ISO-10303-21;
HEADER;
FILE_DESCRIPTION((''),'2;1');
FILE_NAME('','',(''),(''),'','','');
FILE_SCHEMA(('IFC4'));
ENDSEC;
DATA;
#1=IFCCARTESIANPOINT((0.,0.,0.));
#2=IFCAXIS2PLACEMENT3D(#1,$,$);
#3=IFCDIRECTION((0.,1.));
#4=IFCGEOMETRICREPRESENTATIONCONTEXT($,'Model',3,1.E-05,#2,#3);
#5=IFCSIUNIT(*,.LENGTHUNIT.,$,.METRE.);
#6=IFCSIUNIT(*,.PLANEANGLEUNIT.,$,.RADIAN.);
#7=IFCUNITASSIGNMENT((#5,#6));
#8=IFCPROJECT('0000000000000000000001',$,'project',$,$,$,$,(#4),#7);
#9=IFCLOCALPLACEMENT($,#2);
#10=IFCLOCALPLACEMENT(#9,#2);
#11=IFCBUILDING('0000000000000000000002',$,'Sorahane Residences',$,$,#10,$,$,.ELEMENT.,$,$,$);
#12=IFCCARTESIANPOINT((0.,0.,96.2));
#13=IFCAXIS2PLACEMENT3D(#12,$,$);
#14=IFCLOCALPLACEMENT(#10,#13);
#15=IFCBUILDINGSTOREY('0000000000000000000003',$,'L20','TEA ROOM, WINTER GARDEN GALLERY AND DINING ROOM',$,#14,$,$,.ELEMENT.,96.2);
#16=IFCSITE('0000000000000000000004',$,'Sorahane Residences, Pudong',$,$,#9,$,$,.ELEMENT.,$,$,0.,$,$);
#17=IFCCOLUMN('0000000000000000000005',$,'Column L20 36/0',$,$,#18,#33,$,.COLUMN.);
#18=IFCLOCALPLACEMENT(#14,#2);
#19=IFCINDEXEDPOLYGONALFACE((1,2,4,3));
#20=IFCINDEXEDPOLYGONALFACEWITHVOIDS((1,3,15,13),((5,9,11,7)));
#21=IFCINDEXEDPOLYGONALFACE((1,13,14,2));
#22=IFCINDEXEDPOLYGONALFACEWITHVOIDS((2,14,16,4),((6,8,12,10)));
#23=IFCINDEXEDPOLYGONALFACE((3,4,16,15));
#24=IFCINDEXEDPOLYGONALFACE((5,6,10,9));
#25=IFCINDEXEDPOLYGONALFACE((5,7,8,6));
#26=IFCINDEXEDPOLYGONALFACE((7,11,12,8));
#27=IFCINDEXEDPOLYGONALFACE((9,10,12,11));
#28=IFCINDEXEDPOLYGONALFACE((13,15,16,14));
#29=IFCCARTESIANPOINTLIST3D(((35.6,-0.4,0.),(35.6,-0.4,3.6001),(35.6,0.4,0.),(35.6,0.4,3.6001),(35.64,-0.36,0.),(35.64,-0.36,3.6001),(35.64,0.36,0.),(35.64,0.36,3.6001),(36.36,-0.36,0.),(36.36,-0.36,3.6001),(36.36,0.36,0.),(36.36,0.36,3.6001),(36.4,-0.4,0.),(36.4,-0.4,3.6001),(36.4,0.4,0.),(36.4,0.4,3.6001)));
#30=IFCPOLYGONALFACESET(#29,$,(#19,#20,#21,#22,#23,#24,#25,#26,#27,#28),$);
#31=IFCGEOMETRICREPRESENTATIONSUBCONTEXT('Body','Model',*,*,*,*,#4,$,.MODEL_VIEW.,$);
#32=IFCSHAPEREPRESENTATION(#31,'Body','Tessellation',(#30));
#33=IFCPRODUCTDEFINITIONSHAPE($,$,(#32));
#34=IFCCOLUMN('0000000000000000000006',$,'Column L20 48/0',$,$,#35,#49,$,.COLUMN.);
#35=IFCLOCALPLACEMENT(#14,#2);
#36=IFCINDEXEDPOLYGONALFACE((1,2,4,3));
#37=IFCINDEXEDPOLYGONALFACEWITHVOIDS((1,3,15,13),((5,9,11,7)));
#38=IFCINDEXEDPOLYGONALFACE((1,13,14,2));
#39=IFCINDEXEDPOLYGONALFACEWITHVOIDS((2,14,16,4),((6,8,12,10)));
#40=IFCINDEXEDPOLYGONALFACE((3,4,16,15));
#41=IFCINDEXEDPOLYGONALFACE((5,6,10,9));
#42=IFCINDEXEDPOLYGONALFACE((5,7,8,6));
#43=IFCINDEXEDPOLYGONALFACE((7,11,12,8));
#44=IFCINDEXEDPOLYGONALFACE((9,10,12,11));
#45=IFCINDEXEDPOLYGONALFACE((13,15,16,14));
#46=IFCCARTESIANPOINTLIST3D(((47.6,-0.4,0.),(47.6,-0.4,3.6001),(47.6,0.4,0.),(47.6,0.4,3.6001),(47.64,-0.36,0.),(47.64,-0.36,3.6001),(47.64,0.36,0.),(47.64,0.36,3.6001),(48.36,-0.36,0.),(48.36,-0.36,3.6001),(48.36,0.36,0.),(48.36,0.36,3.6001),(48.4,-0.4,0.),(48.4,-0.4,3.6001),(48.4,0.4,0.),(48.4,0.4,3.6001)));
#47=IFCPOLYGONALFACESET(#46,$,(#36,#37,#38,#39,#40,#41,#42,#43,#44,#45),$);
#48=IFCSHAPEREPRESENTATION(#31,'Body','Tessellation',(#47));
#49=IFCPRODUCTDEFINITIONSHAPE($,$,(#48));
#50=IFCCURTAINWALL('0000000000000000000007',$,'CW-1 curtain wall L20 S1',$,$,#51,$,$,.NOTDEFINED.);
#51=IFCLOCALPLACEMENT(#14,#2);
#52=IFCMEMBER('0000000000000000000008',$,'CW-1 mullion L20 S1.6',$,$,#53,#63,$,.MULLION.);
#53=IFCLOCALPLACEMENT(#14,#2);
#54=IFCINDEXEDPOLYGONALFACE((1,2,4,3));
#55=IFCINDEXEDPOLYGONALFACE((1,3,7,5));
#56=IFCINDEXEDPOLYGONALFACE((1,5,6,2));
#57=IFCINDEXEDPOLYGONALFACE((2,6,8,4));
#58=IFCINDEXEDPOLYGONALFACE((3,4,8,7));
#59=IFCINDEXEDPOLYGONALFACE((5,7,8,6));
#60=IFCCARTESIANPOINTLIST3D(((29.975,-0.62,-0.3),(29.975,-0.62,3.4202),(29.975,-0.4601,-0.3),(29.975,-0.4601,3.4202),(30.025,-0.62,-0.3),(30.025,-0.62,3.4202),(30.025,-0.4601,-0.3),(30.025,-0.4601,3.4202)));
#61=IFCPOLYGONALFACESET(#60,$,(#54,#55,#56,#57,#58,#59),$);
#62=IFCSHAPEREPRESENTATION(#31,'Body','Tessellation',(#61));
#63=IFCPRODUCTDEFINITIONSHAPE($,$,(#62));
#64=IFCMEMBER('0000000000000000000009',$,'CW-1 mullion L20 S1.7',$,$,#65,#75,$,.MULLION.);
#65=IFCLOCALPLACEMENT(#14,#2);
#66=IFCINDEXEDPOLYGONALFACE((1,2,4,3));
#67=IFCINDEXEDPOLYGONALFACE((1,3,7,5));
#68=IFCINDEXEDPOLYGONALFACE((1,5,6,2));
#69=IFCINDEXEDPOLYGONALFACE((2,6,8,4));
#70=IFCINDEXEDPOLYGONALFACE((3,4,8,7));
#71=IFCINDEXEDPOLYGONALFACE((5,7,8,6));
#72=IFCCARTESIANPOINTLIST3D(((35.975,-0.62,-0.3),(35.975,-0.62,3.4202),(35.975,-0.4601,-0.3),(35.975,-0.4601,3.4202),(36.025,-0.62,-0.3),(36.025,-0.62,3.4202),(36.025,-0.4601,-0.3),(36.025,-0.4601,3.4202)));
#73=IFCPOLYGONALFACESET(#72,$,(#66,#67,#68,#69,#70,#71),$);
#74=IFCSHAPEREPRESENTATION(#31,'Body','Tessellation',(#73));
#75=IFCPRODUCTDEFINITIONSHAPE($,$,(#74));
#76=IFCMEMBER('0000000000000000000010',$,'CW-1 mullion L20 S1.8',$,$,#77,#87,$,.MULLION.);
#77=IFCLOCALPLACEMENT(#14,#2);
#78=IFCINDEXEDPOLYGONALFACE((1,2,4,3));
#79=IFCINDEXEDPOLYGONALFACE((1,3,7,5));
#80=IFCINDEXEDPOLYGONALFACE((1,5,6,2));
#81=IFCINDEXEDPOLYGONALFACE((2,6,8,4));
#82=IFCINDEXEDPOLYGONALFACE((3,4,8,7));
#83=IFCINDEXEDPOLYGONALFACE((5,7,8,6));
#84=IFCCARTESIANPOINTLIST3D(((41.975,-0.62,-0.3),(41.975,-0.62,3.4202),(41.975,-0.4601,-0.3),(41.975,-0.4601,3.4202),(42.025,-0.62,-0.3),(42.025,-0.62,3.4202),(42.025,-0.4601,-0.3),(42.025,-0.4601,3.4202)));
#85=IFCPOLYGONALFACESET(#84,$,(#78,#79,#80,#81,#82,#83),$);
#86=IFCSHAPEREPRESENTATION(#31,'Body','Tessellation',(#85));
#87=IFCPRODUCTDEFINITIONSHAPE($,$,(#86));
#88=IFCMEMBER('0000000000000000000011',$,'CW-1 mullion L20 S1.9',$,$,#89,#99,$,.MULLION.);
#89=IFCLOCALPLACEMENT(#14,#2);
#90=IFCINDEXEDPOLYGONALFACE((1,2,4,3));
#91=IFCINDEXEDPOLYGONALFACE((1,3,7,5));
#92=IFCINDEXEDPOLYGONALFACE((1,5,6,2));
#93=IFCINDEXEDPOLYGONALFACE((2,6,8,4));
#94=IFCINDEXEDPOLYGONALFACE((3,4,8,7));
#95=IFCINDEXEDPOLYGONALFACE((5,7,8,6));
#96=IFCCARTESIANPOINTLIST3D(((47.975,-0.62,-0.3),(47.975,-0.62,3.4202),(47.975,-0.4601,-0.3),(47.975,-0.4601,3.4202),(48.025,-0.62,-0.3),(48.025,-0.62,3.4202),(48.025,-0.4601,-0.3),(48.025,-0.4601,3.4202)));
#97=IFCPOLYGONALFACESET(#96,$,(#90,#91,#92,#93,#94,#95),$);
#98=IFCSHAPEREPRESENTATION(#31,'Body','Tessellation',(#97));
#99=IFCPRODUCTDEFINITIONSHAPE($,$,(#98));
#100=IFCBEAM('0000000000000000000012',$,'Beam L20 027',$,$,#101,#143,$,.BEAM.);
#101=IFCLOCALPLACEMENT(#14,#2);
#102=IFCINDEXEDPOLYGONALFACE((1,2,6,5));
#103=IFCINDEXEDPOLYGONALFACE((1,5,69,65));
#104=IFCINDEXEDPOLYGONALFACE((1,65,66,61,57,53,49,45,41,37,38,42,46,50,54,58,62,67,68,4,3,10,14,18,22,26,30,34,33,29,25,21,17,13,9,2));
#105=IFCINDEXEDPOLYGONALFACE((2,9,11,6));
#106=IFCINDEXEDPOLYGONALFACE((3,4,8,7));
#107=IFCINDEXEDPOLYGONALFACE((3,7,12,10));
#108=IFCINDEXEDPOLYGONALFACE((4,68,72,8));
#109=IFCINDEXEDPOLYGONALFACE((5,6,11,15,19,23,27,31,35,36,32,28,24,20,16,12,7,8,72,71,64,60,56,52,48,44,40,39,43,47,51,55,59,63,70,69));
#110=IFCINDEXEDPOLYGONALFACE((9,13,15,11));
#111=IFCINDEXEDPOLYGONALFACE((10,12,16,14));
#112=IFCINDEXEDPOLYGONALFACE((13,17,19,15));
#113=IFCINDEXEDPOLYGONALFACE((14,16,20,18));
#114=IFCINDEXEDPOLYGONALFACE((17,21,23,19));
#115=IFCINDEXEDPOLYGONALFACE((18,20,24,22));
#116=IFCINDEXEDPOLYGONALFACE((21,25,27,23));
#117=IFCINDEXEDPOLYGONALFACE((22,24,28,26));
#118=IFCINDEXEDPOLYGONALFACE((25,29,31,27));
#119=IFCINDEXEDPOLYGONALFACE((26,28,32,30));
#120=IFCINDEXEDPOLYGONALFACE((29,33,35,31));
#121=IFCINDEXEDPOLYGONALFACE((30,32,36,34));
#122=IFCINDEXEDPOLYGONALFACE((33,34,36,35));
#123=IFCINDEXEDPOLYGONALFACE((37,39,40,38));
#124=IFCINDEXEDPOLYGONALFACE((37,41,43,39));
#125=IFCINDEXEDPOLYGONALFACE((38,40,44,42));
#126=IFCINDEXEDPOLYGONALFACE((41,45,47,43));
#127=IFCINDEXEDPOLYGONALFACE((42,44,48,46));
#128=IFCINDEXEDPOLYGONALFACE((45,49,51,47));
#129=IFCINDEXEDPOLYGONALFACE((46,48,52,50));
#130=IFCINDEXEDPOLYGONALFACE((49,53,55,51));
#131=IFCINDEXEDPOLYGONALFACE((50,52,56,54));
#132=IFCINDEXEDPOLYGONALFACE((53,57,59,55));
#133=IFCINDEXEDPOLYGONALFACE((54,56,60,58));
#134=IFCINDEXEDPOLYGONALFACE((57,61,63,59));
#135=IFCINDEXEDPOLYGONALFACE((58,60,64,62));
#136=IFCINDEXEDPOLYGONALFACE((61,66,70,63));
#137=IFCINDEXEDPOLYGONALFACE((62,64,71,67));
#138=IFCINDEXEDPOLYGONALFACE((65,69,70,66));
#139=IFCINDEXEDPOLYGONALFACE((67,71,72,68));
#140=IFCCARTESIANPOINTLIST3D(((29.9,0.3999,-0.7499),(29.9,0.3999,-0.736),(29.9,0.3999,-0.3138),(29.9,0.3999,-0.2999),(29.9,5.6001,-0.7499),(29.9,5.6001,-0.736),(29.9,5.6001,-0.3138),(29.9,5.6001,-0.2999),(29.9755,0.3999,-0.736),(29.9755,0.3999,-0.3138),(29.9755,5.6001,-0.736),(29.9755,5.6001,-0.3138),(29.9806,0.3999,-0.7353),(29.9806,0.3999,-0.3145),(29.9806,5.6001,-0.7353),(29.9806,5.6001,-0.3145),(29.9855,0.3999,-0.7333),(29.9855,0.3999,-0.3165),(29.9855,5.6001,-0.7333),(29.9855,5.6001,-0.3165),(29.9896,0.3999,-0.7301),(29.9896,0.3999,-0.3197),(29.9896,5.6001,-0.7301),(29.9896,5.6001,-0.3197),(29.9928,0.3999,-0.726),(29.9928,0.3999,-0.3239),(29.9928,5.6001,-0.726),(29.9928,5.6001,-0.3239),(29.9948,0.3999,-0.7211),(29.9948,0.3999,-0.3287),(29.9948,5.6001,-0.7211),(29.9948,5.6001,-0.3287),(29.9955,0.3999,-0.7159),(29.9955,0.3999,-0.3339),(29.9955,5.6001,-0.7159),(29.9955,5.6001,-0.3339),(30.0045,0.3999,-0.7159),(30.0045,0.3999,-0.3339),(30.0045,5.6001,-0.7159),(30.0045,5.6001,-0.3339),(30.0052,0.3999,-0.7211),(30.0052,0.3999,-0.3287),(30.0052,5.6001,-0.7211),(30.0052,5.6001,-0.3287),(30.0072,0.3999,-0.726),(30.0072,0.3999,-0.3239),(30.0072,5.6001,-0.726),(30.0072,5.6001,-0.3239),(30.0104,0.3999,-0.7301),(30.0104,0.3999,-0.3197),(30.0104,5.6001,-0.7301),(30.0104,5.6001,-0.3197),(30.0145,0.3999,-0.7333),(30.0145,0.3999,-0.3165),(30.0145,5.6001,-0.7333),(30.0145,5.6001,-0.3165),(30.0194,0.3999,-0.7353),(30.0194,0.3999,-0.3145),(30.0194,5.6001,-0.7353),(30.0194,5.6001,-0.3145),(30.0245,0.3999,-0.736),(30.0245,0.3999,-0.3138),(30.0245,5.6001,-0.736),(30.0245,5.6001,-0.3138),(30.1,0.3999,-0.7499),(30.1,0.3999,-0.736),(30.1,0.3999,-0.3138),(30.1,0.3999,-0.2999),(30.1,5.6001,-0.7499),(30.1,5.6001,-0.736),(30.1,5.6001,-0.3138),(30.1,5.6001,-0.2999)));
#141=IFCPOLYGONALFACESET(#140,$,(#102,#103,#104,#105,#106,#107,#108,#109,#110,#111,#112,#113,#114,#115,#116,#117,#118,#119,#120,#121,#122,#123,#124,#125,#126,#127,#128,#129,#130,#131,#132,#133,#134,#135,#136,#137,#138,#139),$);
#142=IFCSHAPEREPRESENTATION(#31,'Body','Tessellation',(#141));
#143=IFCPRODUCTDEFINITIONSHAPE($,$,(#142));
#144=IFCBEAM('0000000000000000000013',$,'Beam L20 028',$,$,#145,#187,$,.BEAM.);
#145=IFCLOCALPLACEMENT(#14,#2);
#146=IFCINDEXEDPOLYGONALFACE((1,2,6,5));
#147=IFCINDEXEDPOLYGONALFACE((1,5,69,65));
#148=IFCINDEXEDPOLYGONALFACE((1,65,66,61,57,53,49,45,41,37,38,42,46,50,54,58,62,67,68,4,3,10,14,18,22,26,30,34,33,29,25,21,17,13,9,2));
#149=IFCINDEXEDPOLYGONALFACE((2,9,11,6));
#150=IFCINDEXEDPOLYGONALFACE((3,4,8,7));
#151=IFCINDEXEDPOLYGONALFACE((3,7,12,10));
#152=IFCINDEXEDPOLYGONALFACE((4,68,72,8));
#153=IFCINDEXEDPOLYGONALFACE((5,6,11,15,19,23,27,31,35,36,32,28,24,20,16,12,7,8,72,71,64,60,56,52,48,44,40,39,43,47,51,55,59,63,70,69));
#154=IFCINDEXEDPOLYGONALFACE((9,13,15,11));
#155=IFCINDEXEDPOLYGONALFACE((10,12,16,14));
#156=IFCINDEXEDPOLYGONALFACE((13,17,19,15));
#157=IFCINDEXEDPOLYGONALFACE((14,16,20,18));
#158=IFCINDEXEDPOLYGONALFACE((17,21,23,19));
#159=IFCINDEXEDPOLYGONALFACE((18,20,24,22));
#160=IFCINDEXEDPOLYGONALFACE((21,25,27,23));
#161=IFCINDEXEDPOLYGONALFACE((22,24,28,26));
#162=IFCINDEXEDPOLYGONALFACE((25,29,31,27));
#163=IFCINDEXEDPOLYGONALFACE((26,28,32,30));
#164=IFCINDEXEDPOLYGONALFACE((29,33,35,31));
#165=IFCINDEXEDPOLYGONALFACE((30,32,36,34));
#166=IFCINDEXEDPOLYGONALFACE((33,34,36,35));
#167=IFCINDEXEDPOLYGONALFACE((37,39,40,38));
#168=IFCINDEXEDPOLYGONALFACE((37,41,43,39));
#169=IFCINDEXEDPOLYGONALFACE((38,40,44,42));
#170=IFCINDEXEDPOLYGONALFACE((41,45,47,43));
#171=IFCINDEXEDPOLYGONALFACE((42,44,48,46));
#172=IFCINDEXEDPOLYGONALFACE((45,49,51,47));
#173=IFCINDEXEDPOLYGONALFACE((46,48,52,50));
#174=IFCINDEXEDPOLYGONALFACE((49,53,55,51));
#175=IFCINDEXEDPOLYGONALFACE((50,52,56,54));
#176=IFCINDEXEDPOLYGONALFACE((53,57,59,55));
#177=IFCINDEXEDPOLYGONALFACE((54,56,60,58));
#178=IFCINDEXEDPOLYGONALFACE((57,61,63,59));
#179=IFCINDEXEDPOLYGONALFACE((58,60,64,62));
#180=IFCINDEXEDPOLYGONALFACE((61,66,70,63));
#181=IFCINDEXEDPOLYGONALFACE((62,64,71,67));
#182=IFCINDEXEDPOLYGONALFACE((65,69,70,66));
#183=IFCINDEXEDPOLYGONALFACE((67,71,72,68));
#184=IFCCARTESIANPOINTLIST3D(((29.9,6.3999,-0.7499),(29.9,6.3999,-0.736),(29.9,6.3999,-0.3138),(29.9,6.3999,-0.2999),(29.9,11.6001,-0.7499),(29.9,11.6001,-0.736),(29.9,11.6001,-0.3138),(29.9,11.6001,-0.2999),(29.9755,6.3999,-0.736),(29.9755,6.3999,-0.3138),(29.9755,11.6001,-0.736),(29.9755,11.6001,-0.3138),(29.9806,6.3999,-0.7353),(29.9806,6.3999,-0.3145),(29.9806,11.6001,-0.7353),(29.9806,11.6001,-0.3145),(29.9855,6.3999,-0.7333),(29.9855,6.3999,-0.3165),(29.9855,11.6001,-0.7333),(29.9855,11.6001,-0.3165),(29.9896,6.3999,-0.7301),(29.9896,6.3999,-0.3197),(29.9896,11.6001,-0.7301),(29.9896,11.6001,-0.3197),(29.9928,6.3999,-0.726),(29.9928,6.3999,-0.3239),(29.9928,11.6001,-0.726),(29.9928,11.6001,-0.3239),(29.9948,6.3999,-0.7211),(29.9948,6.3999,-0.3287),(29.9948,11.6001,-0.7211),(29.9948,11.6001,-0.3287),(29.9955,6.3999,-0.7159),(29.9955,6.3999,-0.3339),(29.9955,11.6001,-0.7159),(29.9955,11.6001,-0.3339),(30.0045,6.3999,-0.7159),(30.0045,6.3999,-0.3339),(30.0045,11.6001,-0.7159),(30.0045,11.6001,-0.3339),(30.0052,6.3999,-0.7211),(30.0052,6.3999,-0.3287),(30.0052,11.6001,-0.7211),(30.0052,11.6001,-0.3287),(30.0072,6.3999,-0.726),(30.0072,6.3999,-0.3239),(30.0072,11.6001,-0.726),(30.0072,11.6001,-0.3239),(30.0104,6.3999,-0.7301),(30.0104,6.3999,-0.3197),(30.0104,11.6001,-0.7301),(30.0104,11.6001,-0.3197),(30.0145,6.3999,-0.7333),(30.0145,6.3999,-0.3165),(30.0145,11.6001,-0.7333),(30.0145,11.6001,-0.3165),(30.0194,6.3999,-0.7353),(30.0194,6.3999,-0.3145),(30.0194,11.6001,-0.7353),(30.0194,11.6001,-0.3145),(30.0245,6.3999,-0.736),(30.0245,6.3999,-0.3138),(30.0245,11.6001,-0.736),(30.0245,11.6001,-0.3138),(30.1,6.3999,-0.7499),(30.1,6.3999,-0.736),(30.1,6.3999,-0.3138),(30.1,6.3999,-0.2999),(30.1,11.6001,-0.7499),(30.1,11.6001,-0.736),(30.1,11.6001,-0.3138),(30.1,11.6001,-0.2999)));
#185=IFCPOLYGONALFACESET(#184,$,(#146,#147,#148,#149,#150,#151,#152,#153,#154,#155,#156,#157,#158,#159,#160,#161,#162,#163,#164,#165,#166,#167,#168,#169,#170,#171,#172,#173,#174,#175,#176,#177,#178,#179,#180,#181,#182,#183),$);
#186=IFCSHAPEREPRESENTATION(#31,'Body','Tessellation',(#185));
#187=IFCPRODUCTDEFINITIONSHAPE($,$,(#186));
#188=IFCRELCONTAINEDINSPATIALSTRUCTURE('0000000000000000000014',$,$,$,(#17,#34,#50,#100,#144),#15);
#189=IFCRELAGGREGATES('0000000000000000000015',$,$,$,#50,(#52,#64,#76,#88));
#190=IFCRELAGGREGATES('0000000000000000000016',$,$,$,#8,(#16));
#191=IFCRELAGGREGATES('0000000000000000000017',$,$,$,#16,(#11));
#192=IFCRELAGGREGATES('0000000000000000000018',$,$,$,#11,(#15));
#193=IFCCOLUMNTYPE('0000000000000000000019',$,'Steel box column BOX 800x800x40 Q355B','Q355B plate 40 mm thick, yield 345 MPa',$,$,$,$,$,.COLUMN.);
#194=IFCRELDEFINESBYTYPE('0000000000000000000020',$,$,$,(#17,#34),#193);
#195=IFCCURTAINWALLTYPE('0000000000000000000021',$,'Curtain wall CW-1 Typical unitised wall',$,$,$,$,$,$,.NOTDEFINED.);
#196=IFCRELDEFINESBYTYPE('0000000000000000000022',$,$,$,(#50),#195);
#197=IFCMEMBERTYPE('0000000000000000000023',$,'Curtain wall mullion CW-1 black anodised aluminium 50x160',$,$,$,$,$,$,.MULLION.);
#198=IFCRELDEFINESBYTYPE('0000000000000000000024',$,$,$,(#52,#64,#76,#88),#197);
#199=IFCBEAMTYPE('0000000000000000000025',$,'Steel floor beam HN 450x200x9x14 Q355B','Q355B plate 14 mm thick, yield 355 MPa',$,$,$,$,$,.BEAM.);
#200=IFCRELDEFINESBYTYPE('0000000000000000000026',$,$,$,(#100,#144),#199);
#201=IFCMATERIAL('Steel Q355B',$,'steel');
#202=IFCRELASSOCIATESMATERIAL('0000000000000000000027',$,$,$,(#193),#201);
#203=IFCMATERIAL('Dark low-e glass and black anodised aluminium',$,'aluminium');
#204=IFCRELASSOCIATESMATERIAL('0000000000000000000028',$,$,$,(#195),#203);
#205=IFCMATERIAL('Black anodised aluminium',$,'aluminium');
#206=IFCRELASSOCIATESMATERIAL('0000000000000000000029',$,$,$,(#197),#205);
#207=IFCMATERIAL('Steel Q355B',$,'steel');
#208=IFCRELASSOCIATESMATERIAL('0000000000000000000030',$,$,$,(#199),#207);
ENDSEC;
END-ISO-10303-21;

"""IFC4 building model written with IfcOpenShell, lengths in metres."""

from ifc_helpers import new_model, si_unit, direction, frame, origin, origin_2d, place, context, subcontext, project, spatial, rectangle, hollow_rectangle, i_section, extrude, material, material_profile, profile_set, type_object, element, aggregate, save


model = new_model("IFC4")

# Units and contexts
model_context = context("Model", 3, precision=1e-05, world=origin(), true_north=direction((0.0, 1.0)))
body_context = subcontext(model_context, "Body", "Model", "MODEL_VIEW")
ifc_project = project(units=[si_unit("LENGTHUNIT", "METRE"), si_unit("PLANEANGLEUNIT", "RADIAN")], contexts=[model_context])

# Site, building, storey
site_placement = place(None, origin())
site = spatial("IfcSite", under=ifc_project, at=site_placement, Name="Sorahane Residences, Pudong", CompositionType="ELEMENT", RefElevation=0.0)
building_placement = place(site_placement, origin())
building = spatial("IfcBuilding", under=site, at=building_placement, Name="Sorahane Residences", CompositionType="ELEMENT")
storey_placement = place(building_placement, frame((0.0, 0.0, 96.2)))
storey = spatial("IfcBuildingStorey", under=building, at=storey_placement, Name="L20", Description="TEA ROOM, WINTER GARDEN GALLERY AND DINING ROOM", CompositionType="ELEMENT", Elevation=96.2)

# Columns
ifc_material_1 = material(Name="Steel Q355B", Category="steel")
ifc_material_profile_1 = material_profile(ifc_material_1, hollow_rectangle(XDim=0.8, YDim=0.8, WallThickness=0.04, at=origin_2d()), Name="BOX 800x800x40")
ifc_profile_set_1 = profile_set([ifc_material_profile_1], Name="Steel Q355B")
column_type = type_object("IfcColumnType", Name="Steel box column BOX 800x800x40 Q355B", Description="Q355B plate 40 mm thick, yield 345 MPa", PredefinedType="COLUMN", material=ifc_profile_set_1)
for number, where, z_axis, x_axis, name in (
    (1, (36.0, 0.0, 0.0), (0.0, 0.0, 1.0), (1.0, 0.0, 0.0), "Column L20 36/0"),
    (2, (48.0, 0.0, 0.0), (0.0, 0.0, 1.0), (1.0, 0.0, 0.0), "Column L20 48/0"),
):
    element("IfcColumn", number, at=place(storey_placement, frame(where, z_axis=z_axis, x_axis=x_axis)), inside=storey, type_object=column_type, Name=name, PredefinedType="COLUMN", context=body_context, shape_type="SweptSolid", body=[
        extrude(hollow_rectangle(XDim=0.8, YDim=0.8, WallThickness=0.04, at=origin_2d()), origin(), (0.0, 0.0, 1.0), 3.6001),
    ])

# Curtain wall, members
ifc_material_2 = material(Name="Dark low-e glass and black anodised aluminium", Category="aluminium")
curtain_wall_type = type_object("IfcCurtainWallType", Name="Curtain wall CW-1 Typical unitised wall", PredefinedType="NOTDEFINED", material=ifc_material_2)
curtain_wall_placement = place(storey_placement, origin())
curtain_wall = element("IfcCurtainWall", 3, at=curtain_wall_placement, inside=storey, type_object=curtain_wall_type, Name="CW-1 curtain wall L20 S1", PredefinedType="NOTDEFINED")
ifc_material_3 = material(Name="Black anodised aluminium", Category="aluminium")
ifc_material_profile_2 = material_profile(ifc_material_3, rectangle(XDim=0.1599, YDim=0.05, at=origin_2d()), Name="Curtain wall mullion CW-1 black anodised aluminium 50x160")
ifc_profile_set_2 = profile_set([ifc_material_profile_2], Name="Black anodised aluminium")
member_type = type_object("IfcMemberType", Name="Curtain wall mullion CW-1 black anodised aluminium 50x160", PredefinedType="MULLION", material=ifc_profile_set_2)
member_1_placement = place(storey_placement, frame((30.0, -0.54, -0.3), z_axis=(0.0, 0.0, 1.0), x_axis=(0.0, -1.0, 0.0)))
member_1 = element("IfcMember", 4, at=member_1_placement, type_object=member_type, Name="CW-1 mullion L20 S1.6", PredefinedType="MULLION", context=body_context, shape_type="SweptSolid", body=[
    extrude(rectangle(XDim=0.1599, YDim=0.05, at=origin_2d()), origin(), (0.0, 0.0, 1.0), 3.7202),
])
member_2_placement = place(storey_placement, frame((36.0, -0.54, -0.3), z_axis=(0.0, 0.0, 1.0), x_axis=(0.0, -1.0, 0.0)))
member_2 = element("IfcMember", 5, at=member_2_placement, type_object=member_type, Name="CW-1 mullion L20 S1.7", PredefinedType="MULLION", context=body_context, shape_type="SweptSolid", body=[
    extrude(rectangle(XDim=0.1599, YDim=0.05, at=origin_2d()), origin(), (0.0, 0.0, 1.0), 3.7202),
])
member_3_placement = place(storey_placement, frame((42.0, -0.54, -0.3), z_axis=(0.0, 0.0, 1.0), x_axis=(0.0, -1.0, 0.0)))
member_3 = element("IfcMember", 6, at=member_3_placement, type_object=member_type, Name="CW-1 mullion L20 S1.8", PredefinedType="MULLION", context=body_context, shape_type="SweptSolid", body=[
    extrude(rectangle(XDim=0.1599, YDim=0.05, at=origin_2d()), origin(), (0.0, 0.0, 1.0), 3.7202),
])
member_4_placement = place(storey_placement, frame((48.0, -0.54, -0.3), z_axis=(0.0, 0.0, 1.0), x_axis=(0.0, -1.0, 0.0)))
member_4 = element("IfcMember", 7, at=member_4_placement, type_object=member_type, Name="CW-1 mullion L20 S1.9", PredefinedType="MULLION", context=body_context, shape_type="SweptSolid", body=[
    extrude(rectangle(XDim=0.1599, YDim=0.05, at=origin_2d()), origin(), (0.0, 0.0, 1.0), 3.7202),
])

# Beams
ifc_material_4 = material(Name="Steel Q355B", Category="steel")
ifc_material_profile_3 = material_profile(ifc_material_4, i_section(OverallWidth=0.2, OverallDepth=0.45, WebThickness=0.009, FlangeThickness=0.0139, FilletRadius=0.02, at=origin_2d()), Name="HN 450x200x9x14")
ifc_profile_set_3 = profile_set([ifc_material_profile_3], Name="Steel Q355B")
beam_type = type_object("IfcBeamType", Name="Steel floor beam HN 450x200x9x14 Q355B", Description="Q355B plate 14 mm thick, yield 355 MPa", PredefinedType="BEAM", material=ifc_profile_set_3)
for number, where, z_axis, x_axis, name in (
    (8, (30.0, 0.3999, -0.5249), (0.0, 1.0, 0.0), (-1.0, 0.0, 0.0), "Beam L20 027"),
    (9, (30.0, 6.3999, -0.5249), (0.0, 1.0, 0.0), (-1.0, 0.0, 0.0), "Beam L20 028"),
):
    element("IfcBeam", number, at=place(storey_placement, frame(where, z_axis=z_axis, x_axis=x_axis)), inside=storey, type_object=beam_type, Name=name, PredefinedType="BEAM", context=body_context, shape_type="SweptSolid", body=[
        extrude(i_section(OverallWidth=0.2, OverallDepth=0.45, WebThickness=0.009, FlangeThickness=0.0139, FilletRadius=0.02, at=origin_2d()), origin(), (0.0, 0.0, 1.0), 5.2002),
    ])

aggregate(curtain_wall, [member_1, member_2, member_3, member_4])

save(model, "model.ifc")
